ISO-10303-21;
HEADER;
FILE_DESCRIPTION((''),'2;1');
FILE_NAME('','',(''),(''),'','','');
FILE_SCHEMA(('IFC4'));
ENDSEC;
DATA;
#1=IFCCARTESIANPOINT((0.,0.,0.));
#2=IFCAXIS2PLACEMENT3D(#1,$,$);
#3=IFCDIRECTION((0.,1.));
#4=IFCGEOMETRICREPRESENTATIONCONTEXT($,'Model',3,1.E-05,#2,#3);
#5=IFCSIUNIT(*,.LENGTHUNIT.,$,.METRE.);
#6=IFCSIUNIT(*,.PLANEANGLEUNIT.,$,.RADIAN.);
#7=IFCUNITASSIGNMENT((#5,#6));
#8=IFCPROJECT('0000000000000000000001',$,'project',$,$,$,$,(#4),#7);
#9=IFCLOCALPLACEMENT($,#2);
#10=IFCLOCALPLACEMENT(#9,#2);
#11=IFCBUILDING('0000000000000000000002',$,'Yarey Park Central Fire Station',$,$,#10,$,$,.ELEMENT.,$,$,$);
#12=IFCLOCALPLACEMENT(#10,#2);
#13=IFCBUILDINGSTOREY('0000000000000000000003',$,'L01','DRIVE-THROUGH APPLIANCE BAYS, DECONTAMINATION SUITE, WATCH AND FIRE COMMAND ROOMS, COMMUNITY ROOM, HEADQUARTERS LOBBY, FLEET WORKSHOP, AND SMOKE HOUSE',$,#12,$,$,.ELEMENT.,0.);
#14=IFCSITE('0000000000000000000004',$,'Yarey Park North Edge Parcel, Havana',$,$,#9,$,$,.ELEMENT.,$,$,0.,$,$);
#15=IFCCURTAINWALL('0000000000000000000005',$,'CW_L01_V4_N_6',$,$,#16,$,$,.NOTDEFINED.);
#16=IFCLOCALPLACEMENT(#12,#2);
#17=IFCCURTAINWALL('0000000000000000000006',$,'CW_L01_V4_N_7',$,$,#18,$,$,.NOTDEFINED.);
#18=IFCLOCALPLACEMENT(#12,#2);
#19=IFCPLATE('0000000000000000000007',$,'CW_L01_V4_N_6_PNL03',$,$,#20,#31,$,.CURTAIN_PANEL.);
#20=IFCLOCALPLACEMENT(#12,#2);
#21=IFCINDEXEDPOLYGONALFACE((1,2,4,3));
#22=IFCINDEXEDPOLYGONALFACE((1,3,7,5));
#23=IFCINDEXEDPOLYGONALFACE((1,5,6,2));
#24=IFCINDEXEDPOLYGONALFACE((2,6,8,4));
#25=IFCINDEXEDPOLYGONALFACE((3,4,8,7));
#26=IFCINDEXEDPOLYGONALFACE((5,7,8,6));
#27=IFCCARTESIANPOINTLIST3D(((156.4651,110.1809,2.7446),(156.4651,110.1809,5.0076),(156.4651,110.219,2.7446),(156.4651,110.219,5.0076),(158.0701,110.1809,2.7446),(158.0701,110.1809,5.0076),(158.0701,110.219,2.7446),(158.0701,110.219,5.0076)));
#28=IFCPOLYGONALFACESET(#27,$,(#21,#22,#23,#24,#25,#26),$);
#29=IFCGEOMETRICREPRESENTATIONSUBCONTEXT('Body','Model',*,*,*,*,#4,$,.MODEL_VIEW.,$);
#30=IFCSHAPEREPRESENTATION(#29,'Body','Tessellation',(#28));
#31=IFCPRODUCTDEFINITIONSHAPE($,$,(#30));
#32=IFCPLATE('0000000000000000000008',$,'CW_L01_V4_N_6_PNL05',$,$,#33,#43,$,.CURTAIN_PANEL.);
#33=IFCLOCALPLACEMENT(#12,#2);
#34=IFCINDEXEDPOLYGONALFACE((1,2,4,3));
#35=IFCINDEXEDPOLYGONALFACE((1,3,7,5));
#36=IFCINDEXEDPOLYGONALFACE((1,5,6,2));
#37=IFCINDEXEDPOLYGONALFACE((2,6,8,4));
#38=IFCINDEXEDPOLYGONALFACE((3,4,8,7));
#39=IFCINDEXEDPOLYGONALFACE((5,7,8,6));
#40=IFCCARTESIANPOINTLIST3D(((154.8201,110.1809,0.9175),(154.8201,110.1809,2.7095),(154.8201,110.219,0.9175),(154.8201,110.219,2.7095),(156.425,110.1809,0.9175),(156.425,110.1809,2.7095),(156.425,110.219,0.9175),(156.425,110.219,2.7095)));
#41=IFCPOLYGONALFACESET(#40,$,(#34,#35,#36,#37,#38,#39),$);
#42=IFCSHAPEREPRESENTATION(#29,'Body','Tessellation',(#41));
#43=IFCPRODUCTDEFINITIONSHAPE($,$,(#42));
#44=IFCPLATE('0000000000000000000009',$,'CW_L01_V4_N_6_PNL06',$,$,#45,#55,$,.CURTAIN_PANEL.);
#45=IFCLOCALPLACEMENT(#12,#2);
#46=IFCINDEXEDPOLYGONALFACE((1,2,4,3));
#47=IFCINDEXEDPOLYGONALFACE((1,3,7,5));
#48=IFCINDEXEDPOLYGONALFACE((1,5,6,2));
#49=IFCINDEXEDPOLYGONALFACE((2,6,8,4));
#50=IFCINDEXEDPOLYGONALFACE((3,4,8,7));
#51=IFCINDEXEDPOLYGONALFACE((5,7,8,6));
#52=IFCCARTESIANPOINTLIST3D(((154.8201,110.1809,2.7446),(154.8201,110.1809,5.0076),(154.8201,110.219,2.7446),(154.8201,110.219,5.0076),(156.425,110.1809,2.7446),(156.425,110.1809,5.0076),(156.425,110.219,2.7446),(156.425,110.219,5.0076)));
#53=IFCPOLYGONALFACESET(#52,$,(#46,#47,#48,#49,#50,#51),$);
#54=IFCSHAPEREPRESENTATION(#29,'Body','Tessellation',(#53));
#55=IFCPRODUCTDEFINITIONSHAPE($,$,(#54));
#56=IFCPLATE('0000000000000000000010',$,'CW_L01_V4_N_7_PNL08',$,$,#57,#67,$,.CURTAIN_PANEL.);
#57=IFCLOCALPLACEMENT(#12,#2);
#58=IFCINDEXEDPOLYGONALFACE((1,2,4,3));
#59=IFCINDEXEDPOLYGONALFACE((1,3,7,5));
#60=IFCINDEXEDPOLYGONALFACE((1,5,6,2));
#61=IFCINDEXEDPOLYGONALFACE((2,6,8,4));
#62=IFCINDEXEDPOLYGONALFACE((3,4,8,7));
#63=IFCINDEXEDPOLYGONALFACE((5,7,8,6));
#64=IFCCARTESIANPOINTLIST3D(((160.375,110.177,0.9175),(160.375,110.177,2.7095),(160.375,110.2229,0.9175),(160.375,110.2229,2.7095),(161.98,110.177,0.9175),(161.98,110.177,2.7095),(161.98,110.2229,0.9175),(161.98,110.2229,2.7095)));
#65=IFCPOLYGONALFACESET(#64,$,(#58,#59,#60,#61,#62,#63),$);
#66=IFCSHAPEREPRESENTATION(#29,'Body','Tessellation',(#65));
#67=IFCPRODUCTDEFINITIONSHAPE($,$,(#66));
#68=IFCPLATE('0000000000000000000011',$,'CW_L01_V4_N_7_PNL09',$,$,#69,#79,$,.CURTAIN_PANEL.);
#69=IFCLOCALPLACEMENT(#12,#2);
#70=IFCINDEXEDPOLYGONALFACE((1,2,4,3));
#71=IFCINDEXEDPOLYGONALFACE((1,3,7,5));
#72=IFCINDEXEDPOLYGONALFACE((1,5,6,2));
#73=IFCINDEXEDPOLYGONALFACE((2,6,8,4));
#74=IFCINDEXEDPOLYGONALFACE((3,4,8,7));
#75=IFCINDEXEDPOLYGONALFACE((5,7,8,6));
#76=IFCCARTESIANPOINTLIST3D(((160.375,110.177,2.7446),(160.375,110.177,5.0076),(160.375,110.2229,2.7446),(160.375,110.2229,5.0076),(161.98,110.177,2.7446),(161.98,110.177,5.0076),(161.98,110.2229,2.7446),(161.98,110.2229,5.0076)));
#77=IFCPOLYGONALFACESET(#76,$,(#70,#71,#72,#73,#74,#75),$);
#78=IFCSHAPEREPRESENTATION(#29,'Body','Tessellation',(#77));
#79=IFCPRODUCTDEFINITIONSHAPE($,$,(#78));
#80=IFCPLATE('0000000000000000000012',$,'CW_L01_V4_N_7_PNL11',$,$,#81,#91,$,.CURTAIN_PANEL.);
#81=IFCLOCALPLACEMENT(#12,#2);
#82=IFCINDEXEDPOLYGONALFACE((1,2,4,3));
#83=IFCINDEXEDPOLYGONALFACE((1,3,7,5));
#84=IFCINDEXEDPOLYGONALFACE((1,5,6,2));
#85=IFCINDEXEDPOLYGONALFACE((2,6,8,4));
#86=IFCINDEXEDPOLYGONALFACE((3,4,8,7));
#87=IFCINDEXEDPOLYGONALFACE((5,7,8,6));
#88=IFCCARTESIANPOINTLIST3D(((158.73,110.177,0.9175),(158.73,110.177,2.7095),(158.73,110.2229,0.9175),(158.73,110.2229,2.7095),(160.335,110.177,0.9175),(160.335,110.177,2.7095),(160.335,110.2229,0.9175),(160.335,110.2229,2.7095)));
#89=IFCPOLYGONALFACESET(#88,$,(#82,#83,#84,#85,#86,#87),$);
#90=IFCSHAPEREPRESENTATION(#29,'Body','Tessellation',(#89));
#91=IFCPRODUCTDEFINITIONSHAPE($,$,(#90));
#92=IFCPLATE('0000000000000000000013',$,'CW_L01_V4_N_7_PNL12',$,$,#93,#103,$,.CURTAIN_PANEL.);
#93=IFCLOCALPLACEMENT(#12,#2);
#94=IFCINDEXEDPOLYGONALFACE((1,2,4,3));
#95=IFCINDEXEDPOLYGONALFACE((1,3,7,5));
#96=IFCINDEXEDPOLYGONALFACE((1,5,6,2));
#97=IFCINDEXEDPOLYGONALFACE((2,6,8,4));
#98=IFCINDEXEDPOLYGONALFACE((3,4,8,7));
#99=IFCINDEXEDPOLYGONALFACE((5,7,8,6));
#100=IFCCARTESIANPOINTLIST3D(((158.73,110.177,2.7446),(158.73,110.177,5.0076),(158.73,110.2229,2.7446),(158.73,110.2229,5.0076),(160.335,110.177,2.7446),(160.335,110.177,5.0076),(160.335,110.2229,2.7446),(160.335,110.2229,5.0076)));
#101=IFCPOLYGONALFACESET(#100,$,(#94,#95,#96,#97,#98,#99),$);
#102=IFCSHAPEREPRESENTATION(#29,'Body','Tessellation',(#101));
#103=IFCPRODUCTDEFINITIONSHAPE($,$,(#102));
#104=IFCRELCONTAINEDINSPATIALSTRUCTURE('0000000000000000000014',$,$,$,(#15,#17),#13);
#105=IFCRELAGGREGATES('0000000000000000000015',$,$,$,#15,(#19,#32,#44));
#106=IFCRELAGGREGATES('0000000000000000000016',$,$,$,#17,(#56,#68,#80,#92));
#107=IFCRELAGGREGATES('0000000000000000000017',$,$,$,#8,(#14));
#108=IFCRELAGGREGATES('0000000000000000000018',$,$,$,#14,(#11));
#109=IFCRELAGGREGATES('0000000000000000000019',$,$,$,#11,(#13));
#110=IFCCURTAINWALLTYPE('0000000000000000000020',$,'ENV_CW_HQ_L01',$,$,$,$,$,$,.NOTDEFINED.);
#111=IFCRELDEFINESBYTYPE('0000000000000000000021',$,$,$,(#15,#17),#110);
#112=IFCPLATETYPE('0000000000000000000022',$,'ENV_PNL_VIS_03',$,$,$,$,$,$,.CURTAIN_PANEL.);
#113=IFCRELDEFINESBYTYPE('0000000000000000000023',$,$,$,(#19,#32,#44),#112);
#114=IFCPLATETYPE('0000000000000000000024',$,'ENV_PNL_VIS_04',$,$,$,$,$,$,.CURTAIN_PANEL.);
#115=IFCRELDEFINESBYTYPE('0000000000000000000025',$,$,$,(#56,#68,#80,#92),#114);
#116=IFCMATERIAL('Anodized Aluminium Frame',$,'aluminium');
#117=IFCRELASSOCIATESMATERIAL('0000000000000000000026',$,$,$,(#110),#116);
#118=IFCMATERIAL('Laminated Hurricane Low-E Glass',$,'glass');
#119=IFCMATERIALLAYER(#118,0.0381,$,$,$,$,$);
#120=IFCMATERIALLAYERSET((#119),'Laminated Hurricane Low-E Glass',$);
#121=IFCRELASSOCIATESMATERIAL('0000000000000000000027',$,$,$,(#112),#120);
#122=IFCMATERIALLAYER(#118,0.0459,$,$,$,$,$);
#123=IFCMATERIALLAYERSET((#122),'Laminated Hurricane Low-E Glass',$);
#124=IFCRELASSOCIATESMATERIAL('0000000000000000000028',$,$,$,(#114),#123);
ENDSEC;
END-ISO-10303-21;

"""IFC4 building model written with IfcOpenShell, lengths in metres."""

from ifc_helpers import new_model, si_unit, direction, frame, origin, origin_2d, place, context, subcontext, project, spatial, rectangle, extrude, material, layer, layer_set, type_object, element, aggregate, save


model = new_model("IFC4")

# Units and contexts
model_context = context("Model", 3, precision=1e-05, world=origin(), true_north=direction((0.0, 1.0)))
body_context = subcontext(model_context, "Body", "Model", "MODEL_VIEW")
ifc_project = project(units=[si_unit("LENGTHUNIT", "METRE"), si_unit("PLANEANGLEUNIT", "RADIAN")], contexts=[model_context])

# Site, building, storey
site_placement = place(None, origin())
site = spatial("IfcSite", under=ifc_project, at=site_placement, Name="Yarey Park North Edge Parcel, Havana", CompositionType="ELEMENT", RefElevation=0.0)
building_placement = place(site_placement, origin())
building = spatial("IfcBuilding", under=site, at=building_placement, Name="Yarey Park Central Fire Station", CompositionType="ELEMENT")
storey_placement = place(building_placement, origin())
storey = spatial("IfcBuildingStorey", under=building, at=storey_placement, Name="L01", Description="DRIVE-THROUGH APPLIANCE BAYS, DECONTAMINATION SUITE, WATCH AND FIRE COMMAND ROOMS, COMMUNITY ROOM, HEADQUARTERS LOBBY, FLEET WORKSHOP, AND SMOKE HOUSE", CompositionType="ELEMENT", Elevation=0.0)

# Curtain walls
ifc_material_1 = material(Name="Anodized Aluminium Frame", Category="aluminium")
curtain_wall_type = type_object("IfcCurtainWallType", Name="ENV_CW_HQ_L01", PredefinedType="NOTDEFINED", material=ifc_material_1)
curtain_wall_1_placement = place(storey_placement, origin())
curtain_wall_1 = element("IfcCurtainWall", 1, at=curtain_wall_1_placement, inside=storey, type_object=curtain_wall_type, Name="CW_L01_V4_N_6", PredefinedType="NOTDEFINED")
curtain_wall_2_placement = place(storey_placement, origin())
curtain_wall_2 = element("IfcCurtainWall", 2, at=curtain_wall_2_placement, inside=storey, type_object=curtain_wall_type, Name="CW_L01_V4_N_7", PredefinedType="NOTDEFINED")

# Plates
ifc_material_2 = material(Name="Laminated Hurricane Low-E Glass", Category="glass")
ifc_layer_1 = layer(ifc_material_2, 0.0381)
ifc_layer_set_1 = layer_set([ifc_layer_1], Name="Laminated Hurricane Low-E Glass")
plate_type_1 = type_object("IfcPlateType", Name="ENV_PNL_VIS_03", PredefinedType="CURTAIN_PANEL", material=ifc_layer_set_1)
plate_1_placement = place(storey_placement, frame((157.2676, 110.2, 2.7446), z_axis=(0.0, 0.0, 1.0), x_axis=(-1.0, 0.0, 0.0)))
plate_1 = element("IfcPlate", 3, at=plate_1_placement, type_object=plate_type_1, Name="CW_L01_V4_N_6_PNL03", PredefinedType="CURTAIN_PANEL", context=body_context, shape_type="SweptSolid", body=[
    extrude(rectangle(XDim=1.605, YDim=0.0381, at=origin_2d()), origin(), (0.0, 0.0, 1.0), 2.2629),
])
plate_2_placement = place(storey_placement, frame((155.6226, 110.2, 0.9175), z_axis=(0.0, 0.0, 1.0), x_axis=(-1.0, 0.0, 0.0)))
plate_2 = element("IfcPlate", 4, at=plate_2_placement, type_object=plate_type_1, Name="CW_L01_V4_N_6_PNL05", PredefinedType="CURTAIN_PANEL", context=body_context, shape_type="SweptSolid", body=[
    extrude(rectangle(XDim=1.605, YDim=0.0381, at=origin_2d()), origin(), (0.0, 0.0, 1.0), 1.792),
])
plate_3_placement = place(storey_placement, frame((155.6226, 110.2, 2.7446), z_axis=(0.0, 0.0, 1.0), x_axis=(-1.0, 0.0, 0.0)))
plate_3 = element("IfcPlate", 5, at=plate_3_placement, type_object=plate_type_1, Name="CW_L01_V4_N_6_PNL06", PredefinedType="CURTAIN_PANEL", context=body_context, shape_type="SweptSolid", body=[
    extrude(rectangle(XDim=1.605, YDim=0.0381, at=origin_2d()), origin(), (0.0, 0.0, 1.0), 2.2629),
])
aggregate(curtain_wall_1, [plate_1, plate_2, plate_3])
ifc_layer_2 = layer(ifc_material_2, 0.0459)
ifc_layer_set_2 = layer_set([ifc_layer_2], Name="Laminated Hurricane Low-E Glass")
plate_type_2 = type_object("IfcPlateType", Name="ENV_PNL_VIS_04", PredefinedType="CURTAIN_PANEL", material=ifc_layer_set_2)
plate_4_placement = place(storey_placement, frame((161.1775, 110.2, 0.9175), z_axis=(0.0, 0.0, 1.0), x_axis=(-1.0, 0.0, 0.0)))
plate_4 = element("IfcPlate", 6, at=plate_4_placement, type_object=plate_type_2, Name="CW_L01_V4_N_7_PNL08", PredefinedType="CURTAIN_PANEL", context=body_context, shape_type="SweptSolid", body=[
    extrude(rectangle(XDim=1.605, YDim=0.0459, at=origin_2d()), origin(), (0.0, 0.0, 1.0), 1.792),
])
plate_5_placement = place(storey_placement, frame((161.1775, 110.2, 2.7446), z_axis=(0.0, 0.0, 1.0), x_axis=(-1.0, 0.0, 0.0)))
plate_5 = element("IfcPlate", 7, at=plate_5_placement, type_object=plate_type_2, Name="CW_L01_V4_N_7_PNL09", PredefinedType="CURTAIN_PANEL", context=body_context, shape_type="SweptSolid", body=[
    extrude(rectangle(XDim=1.605, YDim=0.0459, at=origin_2d()), origin(), (0.0, 0.0, 1.0), 2.2629),
])
plate_6_placement = place(storey_placement, frame((159.5325, 110.2, 0.9175), z_axis=(0.0, 0.0, 1.0), x_axis=(-1.0, 0.0, 0.0)))
plate_6 = element("IfcPlate", 8, at=plate_6_placement, type_object=plate_type_2, Name="CW_L01_V4_N_7_PNL11", PredefinedType="CURTAIN_PANEL", context=body_context, shape_type="SweptSolid", body=[
    extrude(rectangle(XDim=1.605, YDim=0.0459, at=origin_2d()), origin(), (0.0, 0.0, 1.0), 1.792),
])
plate_7_placement = place(storey_placement, frame((159.5325, 110.2, 2.7446), z_axis=(0.0, 0.0, 1.0), x_axis=(-1.0, 0.0, 0.0)))
plate_7 = element("IfcPlate", 9, at=plate_7_placement, type_object=plate_type_2, Name="CW_L01_V4_N_7_PNL12", PredefinedType="CURTAIN_PANEL", context=body_context, shape_type="SweptSolid", body=[
    extrude(rectangle(XDim=1.605, YDim=0.0459, at=origin_2d()), origin(), (0.0, 0.0, 1.0), 2.2629),
])
aggregate(curtain_wall_2, [plate_4, plate_5, plate_6, plate_7])

save(model, "model.ifc")
